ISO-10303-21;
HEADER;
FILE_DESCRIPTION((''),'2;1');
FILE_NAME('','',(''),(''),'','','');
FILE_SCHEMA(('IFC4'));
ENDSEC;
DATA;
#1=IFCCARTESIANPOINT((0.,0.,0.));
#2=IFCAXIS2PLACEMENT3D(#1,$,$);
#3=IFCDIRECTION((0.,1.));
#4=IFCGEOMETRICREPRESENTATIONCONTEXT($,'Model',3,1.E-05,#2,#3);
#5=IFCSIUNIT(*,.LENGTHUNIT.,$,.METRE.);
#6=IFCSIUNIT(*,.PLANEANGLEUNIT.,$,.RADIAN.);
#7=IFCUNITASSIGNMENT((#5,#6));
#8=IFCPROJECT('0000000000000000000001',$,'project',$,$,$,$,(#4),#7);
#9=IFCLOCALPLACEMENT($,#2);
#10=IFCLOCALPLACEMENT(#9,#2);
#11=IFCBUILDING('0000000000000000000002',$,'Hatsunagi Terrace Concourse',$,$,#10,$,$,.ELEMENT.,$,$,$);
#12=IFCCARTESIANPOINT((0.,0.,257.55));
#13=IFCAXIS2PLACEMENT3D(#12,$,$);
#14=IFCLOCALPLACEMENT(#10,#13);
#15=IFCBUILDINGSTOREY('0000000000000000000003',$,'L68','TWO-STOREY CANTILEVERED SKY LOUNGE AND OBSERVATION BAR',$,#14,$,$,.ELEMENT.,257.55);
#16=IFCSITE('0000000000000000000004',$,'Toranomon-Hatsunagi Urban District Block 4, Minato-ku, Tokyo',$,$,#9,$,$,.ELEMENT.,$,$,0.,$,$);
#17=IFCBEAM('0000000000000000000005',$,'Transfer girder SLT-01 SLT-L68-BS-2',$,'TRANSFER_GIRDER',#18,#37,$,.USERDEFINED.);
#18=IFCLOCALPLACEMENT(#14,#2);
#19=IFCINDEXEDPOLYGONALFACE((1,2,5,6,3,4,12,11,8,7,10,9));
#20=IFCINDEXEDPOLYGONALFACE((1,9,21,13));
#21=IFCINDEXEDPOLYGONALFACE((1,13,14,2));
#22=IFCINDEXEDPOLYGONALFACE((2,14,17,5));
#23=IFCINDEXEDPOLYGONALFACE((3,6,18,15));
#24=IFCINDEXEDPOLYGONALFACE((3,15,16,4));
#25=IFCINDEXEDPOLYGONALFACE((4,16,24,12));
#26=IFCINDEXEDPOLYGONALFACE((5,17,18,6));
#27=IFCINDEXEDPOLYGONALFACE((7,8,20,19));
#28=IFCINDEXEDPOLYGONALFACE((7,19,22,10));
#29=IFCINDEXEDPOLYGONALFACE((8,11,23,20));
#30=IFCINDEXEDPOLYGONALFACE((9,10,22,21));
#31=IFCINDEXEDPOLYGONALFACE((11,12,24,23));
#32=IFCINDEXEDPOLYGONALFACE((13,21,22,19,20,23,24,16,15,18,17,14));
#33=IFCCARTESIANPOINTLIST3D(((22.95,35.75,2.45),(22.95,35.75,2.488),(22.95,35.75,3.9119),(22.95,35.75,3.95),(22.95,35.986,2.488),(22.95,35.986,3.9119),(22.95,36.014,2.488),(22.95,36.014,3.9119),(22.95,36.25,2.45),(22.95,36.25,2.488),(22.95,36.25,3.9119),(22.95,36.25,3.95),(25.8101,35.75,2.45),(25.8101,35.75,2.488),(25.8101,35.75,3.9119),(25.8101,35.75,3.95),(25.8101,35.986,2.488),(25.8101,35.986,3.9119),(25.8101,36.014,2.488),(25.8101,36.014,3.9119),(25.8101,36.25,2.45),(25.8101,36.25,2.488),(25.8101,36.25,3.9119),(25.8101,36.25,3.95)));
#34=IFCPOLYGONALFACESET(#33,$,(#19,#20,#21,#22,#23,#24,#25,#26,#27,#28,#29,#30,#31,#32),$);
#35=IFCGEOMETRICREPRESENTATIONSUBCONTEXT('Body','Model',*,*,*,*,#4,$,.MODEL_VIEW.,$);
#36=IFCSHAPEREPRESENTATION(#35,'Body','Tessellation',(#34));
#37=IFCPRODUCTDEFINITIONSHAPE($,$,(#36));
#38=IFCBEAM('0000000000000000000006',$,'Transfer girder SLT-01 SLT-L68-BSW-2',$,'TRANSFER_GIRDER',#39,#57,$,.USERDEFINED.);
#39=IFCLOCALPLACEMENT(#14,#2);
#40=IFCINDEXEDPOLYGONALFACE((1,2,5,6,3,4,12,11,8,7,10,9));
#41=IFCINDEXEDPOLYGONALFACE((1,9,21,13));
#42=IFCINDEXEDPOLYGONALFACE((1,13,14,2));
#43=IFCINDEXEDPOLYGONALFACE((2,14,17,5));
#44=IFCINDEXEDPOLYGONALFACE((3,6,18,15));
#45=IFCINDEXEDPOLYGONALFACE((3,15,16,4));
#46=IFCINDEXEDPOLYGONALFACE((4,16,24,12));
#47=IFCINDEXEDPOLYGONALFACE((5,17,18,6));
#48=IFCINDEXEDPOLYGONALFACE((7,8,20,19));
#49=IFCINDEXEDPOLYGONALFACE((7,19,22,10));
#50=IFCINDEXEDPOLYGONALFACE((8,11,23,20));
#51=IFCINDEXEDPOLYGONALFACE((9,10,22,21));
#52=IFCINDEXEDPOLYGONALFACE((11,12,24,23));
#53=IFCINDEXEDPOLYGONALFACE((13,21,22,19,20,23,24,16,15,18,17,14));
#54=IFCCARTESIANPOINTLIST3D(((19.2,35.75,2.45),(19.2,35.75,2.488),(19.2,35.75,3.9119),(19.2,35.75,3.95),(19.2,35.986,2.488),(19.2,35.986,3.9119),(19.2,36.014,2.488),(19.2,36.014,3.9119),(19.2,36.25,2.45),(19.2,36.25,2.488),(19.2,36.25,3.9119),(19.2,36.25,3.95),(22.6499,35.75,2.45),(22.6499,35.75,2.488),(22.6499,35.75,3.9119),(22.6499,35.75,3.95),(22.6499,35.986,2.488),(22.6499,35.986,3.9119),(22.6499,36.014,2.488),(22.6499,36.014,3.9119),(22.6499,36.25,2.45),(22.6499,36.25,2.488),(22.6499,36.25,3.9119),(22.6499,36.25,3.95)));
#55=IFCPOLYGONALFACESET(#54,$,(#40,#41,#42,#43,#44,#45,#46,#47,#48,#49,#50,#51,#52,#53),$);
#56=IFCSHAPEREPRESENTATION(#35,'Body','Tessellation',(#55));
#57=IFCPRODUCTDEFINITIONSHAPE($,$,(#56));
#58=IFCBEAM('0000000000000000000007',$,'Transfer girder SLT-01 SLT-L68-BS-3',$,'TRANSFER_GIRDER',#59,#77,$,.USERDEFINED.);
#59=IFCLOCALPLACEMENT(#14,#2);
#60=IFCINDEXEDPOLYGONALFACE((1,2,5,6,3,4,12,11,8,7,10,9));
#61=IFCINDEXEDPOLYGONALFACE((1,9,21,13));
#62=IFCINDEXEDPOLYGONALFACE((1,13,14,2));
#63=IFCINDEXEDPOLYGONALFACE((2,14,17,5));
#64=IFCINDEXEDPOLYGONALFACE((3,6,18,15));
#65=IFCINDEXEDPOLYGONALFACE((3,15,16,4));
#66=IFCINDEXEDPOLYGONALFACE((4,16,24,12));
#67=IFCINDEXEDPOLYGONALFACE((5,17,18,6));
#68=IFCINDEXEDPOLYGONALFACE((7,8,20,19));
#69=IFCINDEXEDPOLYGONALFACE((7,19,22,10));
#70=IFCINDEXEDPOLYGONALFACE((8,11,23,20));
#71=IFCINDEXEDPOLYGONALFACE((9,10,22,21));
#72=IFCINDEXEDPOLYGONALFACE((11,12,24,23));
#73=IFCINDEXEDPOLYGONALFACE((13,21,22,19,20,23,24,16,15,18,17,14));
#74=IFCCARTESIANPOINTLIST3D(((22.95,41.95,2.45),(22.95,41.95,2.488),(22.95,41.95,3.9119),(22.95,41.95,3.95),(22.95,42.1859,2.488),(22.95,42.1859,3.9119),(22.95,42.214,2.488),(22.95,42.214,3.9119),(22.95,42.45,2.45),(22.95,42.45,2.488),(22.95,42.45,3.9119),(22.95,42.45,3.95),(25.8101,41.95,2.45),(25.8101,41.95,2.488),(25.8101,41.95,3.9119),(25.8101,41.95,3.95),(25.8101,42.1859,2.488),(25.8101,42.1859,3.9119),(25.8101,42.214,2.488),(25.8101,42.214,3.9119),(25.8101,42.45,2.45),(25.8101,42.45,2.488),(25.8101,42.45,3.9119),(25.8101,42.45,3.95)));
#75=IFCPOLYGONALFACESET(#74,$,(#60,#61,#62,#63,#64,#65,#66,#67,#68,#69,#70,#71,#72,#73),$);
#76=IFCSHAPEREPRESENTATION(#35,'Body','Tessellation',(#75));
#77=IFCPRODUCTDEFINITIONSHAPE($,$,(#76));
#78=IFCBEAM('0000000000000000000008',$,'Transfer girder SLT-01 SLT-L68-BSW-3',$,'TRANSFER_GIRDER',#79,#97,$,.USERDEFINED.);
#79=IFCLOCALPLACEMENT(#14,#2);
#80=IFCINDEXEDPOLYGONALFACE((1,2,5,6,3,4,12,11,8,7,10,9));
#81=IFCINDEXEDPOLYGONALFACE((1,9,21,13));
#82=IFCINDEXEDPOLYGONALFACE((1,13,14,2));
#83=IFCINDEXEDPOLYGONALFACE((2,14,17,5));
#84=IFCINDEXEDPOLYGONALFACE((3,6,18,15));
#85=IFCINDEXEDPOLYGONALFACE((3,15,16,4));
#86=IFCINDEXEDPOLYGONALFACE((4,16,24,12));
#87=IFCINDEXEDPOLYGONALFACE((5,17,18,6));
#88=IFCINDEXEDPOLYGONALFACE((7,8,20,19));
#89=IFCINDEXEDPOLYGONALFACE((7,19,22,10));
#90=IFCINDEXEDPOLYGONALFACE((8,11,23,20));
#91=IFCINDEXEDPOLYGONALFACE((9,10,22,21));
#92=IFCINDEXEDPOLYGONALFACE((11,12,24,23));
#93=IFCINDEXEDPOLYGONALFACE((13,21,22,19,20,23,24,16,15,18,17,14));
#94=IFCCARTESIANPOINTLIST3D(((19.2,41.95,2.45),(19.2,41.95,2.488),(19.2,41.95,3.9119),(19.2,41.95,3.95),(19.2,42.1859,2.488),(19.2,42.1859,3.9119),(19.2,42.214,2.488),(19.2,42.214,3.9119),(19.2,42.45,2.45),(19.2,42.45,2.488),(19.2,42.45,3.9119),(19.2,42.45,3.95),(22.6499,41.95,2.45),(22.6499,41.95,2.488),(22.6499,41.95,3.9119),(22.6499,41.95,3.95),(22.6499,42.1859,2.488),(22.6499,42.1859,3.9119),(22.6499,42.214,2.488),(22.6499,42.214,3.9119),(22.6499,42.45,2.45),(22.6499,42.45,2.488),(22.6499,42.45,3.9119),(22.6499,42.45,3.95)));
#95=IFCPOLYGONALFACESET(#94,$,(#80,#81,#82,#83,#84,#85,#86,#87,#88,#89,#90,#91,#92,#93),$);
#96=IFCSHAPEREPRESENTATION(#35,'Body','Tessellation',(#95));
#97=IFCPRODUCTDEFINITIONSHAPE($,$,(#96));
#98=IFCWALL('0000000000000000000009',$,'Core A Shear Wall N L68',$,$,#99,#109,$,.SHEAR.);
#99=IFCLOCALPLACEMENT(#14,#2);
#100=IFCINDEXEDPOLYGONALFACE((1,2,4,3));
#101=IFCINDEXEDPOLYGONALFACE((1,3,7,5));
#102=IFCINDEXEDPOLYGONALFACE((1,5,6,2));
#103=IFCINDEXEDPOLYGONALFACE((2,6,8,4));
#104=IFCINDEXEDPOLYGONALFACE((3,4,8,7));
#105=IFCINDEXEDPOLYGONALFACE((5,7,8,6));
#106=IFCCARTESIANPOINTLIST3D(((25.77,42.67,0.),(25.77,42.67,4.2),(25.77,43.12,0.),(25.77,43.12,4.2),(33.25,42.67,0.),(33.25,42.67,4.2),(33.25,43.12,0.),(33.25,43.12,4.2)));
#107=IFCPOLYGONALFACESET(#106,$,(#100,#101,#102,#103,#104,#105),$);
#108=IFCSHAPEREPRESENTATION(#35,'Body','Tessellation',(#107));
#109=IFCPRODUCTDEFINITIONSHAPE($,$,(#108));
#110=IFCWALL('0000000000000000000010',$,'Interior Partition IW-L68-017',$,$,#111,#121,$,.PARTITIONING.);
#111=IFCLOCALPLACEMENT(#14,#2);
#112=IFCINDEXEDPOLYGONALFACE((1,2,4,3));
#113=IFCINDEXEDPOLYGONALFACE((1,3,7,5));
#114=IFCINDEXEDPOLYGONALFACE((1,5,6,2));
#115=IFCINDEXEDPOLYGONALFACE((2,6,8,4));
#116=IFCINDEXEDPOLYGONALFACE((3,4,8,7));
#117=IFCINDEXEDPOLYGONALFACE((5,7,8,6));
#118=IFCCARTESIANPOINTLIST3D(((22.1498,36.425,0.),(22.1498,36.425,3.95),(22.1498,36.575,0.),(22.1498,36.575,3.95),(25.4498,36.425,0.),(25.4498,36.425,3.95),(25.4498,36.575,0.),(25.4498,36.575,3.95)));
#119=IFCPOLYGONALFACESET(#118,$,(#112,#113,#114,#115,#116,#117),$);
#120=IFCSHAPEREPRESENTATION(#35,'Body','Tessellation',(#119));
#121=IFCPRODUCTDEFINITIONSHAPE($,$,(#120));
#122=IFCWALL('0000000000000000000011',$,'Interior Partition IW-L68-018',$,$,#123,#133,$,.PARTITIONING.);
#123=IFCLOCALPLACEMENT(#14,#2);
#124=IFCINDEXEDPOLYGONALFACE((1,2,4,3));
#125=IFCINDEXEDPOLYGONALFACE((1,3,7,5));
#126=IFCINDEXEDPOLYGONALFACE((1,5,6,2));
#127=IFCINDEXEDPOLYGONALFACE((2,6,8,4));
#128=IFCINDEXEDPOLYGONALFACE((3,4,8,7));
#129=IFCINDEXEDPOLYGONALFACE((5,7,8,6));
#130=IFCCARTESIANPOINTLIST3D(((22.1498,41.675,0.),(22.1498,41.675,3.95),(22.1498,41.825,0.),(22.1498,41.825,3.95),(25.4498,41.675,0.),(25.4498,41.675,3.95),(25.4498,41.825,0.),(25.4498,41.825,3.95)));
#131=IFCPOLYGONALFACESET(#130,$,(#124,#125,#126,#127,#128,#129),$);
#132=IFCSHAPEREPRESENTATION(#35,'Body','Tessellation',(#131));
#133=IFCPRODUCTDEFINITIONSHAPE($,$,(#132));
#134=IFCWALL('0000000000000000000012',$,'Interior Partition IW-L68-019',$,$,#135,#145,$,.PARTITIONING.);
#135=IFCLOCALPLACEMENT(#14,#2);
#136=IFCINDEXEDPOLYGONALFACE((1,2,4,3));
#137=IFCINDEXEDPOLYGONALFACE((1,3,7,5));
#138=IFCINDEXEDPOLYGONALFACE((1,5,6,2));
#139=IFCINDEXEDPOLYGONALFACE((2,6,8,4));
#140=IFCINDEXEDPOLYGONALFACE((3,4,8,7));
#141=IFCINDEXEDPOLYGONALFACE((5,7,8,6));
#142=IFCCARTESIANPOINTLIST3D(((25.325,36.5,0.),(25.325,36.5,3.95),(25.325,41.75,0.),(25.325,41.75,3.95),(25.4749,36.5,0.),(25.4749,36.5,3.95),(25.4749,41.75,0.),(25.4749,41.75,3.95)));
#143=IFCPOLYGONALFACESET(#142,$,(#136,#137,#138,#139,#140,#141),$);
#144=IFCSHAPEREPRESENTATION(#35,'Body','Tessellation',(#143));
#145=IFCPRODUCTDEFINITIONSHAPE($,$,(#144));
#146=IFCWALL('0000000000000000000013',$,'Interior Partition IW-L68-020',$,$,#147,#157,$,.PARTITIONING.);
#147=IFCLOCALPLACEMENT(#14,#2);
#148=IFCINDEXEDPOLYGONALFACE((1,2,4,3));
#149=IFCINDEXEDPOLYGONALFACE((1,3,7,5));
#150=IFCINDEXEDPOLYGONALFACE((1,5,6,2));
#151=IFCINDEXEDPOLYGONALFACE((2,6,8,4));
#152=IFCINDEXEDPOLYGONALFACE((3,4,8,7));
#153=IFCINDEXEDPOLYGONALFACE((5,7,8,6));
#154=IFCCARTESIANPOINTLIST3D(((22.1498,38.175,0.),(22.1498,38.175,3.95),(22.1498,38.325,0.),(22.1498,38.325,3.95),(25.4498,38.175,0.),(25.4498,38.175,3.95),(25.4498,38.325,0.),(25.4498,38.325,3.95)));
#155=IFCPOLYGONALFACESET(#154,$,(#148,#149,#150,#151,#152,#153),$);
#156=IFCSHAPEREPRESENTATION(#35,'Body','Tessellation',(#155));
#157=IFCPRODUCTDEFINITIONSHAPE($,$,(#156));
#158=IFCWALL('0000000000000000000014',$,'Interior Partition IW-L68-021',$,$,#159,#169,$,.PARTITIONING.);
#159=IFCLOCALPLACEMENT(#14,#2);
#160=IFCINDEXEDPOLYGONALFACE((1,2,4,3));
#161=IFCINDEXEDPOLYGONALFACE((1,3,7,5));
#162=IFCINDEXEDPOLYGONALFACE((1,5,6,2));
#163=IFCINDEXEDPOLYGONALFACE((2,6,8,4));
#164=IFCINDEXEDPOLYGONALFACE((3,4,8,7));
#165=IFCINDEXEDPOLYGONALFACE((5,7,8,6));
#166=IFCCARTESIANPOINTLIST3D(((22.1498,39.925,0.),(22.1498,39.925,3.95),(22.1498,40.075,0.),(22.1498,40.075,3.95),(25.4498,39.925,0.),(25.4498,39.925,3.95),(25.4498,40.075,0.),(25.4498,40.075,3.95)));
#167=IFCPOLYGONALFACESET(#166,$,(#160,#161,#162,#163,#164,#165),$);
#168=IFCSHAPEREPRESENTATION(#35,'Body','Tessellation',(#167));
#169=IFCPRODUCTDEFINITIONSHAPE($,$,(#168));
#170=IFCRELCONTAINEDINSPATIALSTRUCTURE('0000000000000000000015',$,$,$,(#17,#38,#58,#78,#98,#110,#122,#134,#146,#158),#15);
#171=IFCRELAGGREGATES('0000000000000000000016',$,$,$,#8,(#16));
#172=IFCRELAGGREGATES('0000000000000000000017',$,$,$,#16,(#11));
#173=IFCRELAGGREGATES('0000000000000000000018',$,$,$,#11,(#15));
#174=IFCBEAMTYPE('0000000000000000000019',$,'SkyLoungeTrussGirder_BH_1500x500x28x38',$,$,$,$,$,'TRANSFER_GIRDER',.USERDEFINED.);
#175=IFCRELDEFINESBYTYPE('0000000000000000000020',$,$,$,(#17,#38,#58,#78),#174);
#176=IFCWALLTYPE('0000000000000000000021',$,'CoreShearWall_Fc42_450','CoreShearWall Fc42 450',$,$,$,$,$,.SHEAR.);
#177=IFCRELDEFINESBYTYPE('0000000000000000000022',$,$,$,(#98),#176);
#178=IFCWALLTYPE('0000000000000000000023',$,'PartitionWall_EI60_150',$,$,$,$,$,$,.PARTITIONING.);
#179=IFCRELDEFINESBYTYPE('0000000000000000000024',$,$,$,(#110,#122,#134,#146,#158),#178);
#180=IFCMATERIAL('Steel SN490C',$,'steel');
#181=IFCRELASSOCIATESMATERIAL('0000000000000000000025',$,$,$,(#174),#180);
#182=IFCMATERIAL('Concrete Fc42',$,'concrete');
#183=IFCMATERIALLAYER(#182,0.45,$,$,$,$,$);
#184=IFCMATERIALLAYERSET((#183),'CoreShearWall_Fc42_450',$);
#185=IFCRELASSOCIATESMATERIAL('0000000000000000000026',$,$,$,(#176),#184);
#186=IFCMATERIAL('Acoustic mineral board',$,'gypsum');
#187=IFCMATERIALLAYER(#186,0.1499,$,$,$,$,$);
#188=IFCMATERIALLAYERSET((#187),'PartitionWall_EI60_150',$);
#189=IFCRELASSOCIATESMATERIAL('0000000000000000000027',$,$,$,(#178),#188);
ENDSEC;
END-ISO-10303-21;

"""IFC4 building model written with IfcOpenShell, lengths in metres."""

from ifc_helpers import new_model, si_unit, direction, frame, frame_2d, origin, origin_2d, place, context, subcontext, project, spatial, rectangle, i_section, extrude, material, layer, layer_set, material_profile, profile_set, type_object, element, save


model = new_model("IFC4")

# Units and contexts
model_context = context("Model", 3, precision=1e-05, world=origin(), true_north=direction((0.0, 1.0)))
body_context = subcontext(model_context, "Body", "Model", "MODEL_VIEW")
ifc_project = project(units=[si_unit("LENGTHUNIT", "METRE"), si_unit("PLANEANGLEUNIT", "RADIAN")], contexts=[model_context])

# Site, building, storey
site_placement = place(None, origin())
site = spatial("IfcSite", under=ifc_project, at=site_placement, Name="Toranomon-Hatsunagi Urban District Block 4, Minato-ku, Tokyo", CompositionType="ELEMENT", RefElevation=0.0)
building_placement = place(site_placement, origin())
building = spatial("IfcBuilding", under=site, at=building_placement, Name="Hatsunagi Terrace Concourse", CompositionType="ELEMENT")
storey_placement = place(building_placement, frame((0.0, 0.0, 257.55)))
storey = spatial("IfcBuildingStorey", under=building, at=storey_placement, Name="L68", Description="TWO-STOREY CANTILEVERED SKY LOUNGE AND OBSERVATION BAR", CompositionType="ELEMENT", Elevation=257.55)

# Beams
ifc_material_1 = material(Name="Steel SN490C", Category="steel")
ifc_material_profile_1 = material_profile(ifc_material_1, i_section(OverallWidth=0.5, OverallDepth=1.5, WebThickness=0.0281, FlangeThickness=0.0381, at=origin_2d()), Name="BH-1500x500x28x38")
ifc_profile_set_1 = profile_set([ifc_material_profile_1], Name="Steel SN490C")
beam_type_1 = type_object("IfcBeamType", Name="SkyLoungeTrussGirder_BH_1500x500x28x38", ElementType="TRANSFER_GIRDER", PredefinedType="USERDEFINED", material=ifc_profile_set_1)
beam_1_placement = place(storey_placement, frame((25.8101, 36.0, 3.2), z_axis=(-1.0, 0.0, 0.0), x_axis=(0.0, -1.0, 0.0)))
element("IfcBeam", 1, at=beam_1_placement, inside=storey, type_object=beam_type_1, Name="Transfer girder SLT-01 SLT-L68-BS-2", ObjectType="TRANSFER_GIRDER", PredefinedType="USERDEFINED", context=body_context, shape_type="SweptSolid", body=[
    extrude(i_section(OverallWidth=0.5, OverallDepth=1.5, WebThickness=0.0281, FlangeThickness=0.0381, at=origin_2d()), origin(), (0.0, 0.0, 1.0), 2.8601),
])
beam_2_placement = place(storey_placement, frame((22.6499, 36.0, 3.2), z_axis=(-1.0, 0.0, 0.0), x_axis=(0.0, -1.0, 0.0)))
element("IfcBeam", 2, at=beam_2_placement, inside=storey, type_object=beam_type_1, Name="Transfer girder SLT-01 SLT-L68-BSW-2", ObjectType="TRANSFER_GIRDER", PredefinedType="USERDEFINED", context=body_context, shape_type="SweptSolid", body=[
    extrude(i_section(OverallWidth=0.5, OverallDepth=1.5, WebThickness=0.0281, FlangeThickness=0.0381, at=origin_2d()), origin(), (0.0, 0.0, 1.0), 3.45),
])
beam_3_placement = place(storey_placement, frame((25.8101, 42.2, 3.2), z_axis=(-1.0, 0.0, 0.0), x_axis=(0.0, -1.0, 0.0)))
element("IfcBeam", 3, at=beam_3_placement, inside=storey, type_object=beam_type_1, Name="Transfer girder SLT-01 SLT-L68-BS-3", ObjectType="TRANSFER_GIRDER", PredefinedType="USERDEFINED", context=body_context, shape_type="SweptSolid", body=[
    extrude(i_section(OverallWidth=0.5, OverallDepth=1.5, WebThickness=0.0281, FlangeThickness=0.0381, at=origin_2d()), origin(), (0.0, 0.0, 1.0), 2.8601),
])
beam_4_placement = place(storey_placement, frame((22.6499, 42.2, 3.2), z_axis=(-1.0, 0.0, 0.0), x_axis=(0.0, -1.0, 0.0)))
element("IfcBeam", 4, at=beam_4_placement, inside=storey, type_object=beam_type_1, Name="Transfer girder SLT-01 SLT-L68-BSW-3", ObjectType="TRANSFER_GIRDER", PredefinedType="USERDEFINED", context=body_context, shape_type="SweptSolid", body=[
    extrude(i_section(OverallWidth=0.5, OverallDepth=1.5, WebThickness=0.0281, FlangeThickness=0.0381, at=origin_2d()), origin(), (0.0, 0.0, 1.0), 3.45),
])

# Walls
ifc_material_2 = material(Name="Concrete Fc42", Category="concrete")
ifc_layer_1 = layer(ifc_material_2, 0.45)
ifc_layer_set_1 = layer_set([ifc_layer_1], Name="CoreShearWall_Fc42_450")
wall_type_1 = type_object("IfcWallType", Name="CoreShearWall_Fc42_450", Description="CoreShearWall Fc42 450", PredefinedType="SHEAR", material=ifc_layer_set_1)
wall_1_placement = place(storey_placement, frame((25.77, 42.895, 0.0), z_axis=(0.0, 0.0, 1.0), x_axis=(1.0, 0.0, 0.0)))
element("IfcWall", 5, at=wall_1_placement, inside=storey, type_object=wall_type_1, Name="Core A Shear Wall N L68", PredefinedType="SHEAR", context=body_context, shape_type="SweptSolid", body=[
    extrude(rectangle(XDim=7.48, YDim=0.45, at=frame_2d((3.74, 0.0))), origin(), (0.0, 0.0, 1.0), 4.2),
])
ifc_material_3 = material(Name="Acoustic mineral board", Category="gypsum")
ifc_layer_2 = layer(ifc_material_3, 0.1499)
ifc_layer_set_2 = layer_set([ifc_layer_2], Name="PartitionWall_EI60_150")
wall_type_2 = type_object("IfcWallType", Name="PartitionWall_EI60_150", PredefinedType="PARTITIONING", material=ifc_layer_set_2)
for number, where, z_axis, x_axis, name in (
    (6, (22.1499, 36.5, 0.0), (0.0, 0.0, 1.0), (1.0, 0.0, 0.0), "Interior Partition IW-L68-017"),
    (7, (22.1499, 41.75, 0.0), (0.0, 0.0, 1.0), (1.0, 0.0, 0.0), "Interior Partition IW-L68-018"),
):
    element("IfcWall", number, at=place(storey_placement, frame(where, z_axis=z_axis, x_axis=x_axis)), inside=storey, type_object=wall_type_2, Name=name, PredefinedType="PARTITIONING", context=body_context, shape_type="SweptSolid", body=[
        extrude(rectangle(XDim=3.3, YDim=0.1499, at=frame_2d((1.6499, 0.0))), origin(), (0.0, 0.0, 1.0), 3.95),
    ])
wall_2_placement = place(storey_placement, frame((25.3999, 36.5, 0.0), z_axis=(0.0, 0.0, 1.0), x_axis=(0.0, 1.0, 0.0)))
element("IfcWall", 8, at=wall_2_placement, inside=storey, type_object=wall_type_2, Name="Interior Partition IW-L68-019", PredefinedType="PARTITIONING", context=body_context, shape_type="SweptSolid", body=[
    extrude(rectangle(XDim=5.25, YDim=0.1499, at=frame_2d((2.625, 0.0))), origin(), (0.0, 0.0, 1.0), 3.95),
])
for number, where, z_axis, x_axis, name in (
    (9, (22.1499, 38.25, 0.0), (0.0, 0.0, 1.0), (1.0, 0.0, 0.0), "Interior Partition IW-L68-020"),
    (10, (22.1499, 40.0, 0.0), (0.0, 0.0, 1.0), (1.0, 0.0, 0.0), "Interior Partition IW-L68-021"),
):
    element("IfcWall", number, at=place(storey_placement, frame(where, z_axis=z_axis, x_axis=x_axis)), inside=storey, type_object=wall_type_2, Name=name, PredefinedType="PARTITIONING", context=body_context, shape_type="SweptSolid", body=[
        extrude(rectangle(XDim=3.3, YDim=0.1499, at=frame_2d((1.6499, 0.0))), origin(), (0.0, 0.0, 1.0), 3.95),
    ])

save(model, "model.ifc")
